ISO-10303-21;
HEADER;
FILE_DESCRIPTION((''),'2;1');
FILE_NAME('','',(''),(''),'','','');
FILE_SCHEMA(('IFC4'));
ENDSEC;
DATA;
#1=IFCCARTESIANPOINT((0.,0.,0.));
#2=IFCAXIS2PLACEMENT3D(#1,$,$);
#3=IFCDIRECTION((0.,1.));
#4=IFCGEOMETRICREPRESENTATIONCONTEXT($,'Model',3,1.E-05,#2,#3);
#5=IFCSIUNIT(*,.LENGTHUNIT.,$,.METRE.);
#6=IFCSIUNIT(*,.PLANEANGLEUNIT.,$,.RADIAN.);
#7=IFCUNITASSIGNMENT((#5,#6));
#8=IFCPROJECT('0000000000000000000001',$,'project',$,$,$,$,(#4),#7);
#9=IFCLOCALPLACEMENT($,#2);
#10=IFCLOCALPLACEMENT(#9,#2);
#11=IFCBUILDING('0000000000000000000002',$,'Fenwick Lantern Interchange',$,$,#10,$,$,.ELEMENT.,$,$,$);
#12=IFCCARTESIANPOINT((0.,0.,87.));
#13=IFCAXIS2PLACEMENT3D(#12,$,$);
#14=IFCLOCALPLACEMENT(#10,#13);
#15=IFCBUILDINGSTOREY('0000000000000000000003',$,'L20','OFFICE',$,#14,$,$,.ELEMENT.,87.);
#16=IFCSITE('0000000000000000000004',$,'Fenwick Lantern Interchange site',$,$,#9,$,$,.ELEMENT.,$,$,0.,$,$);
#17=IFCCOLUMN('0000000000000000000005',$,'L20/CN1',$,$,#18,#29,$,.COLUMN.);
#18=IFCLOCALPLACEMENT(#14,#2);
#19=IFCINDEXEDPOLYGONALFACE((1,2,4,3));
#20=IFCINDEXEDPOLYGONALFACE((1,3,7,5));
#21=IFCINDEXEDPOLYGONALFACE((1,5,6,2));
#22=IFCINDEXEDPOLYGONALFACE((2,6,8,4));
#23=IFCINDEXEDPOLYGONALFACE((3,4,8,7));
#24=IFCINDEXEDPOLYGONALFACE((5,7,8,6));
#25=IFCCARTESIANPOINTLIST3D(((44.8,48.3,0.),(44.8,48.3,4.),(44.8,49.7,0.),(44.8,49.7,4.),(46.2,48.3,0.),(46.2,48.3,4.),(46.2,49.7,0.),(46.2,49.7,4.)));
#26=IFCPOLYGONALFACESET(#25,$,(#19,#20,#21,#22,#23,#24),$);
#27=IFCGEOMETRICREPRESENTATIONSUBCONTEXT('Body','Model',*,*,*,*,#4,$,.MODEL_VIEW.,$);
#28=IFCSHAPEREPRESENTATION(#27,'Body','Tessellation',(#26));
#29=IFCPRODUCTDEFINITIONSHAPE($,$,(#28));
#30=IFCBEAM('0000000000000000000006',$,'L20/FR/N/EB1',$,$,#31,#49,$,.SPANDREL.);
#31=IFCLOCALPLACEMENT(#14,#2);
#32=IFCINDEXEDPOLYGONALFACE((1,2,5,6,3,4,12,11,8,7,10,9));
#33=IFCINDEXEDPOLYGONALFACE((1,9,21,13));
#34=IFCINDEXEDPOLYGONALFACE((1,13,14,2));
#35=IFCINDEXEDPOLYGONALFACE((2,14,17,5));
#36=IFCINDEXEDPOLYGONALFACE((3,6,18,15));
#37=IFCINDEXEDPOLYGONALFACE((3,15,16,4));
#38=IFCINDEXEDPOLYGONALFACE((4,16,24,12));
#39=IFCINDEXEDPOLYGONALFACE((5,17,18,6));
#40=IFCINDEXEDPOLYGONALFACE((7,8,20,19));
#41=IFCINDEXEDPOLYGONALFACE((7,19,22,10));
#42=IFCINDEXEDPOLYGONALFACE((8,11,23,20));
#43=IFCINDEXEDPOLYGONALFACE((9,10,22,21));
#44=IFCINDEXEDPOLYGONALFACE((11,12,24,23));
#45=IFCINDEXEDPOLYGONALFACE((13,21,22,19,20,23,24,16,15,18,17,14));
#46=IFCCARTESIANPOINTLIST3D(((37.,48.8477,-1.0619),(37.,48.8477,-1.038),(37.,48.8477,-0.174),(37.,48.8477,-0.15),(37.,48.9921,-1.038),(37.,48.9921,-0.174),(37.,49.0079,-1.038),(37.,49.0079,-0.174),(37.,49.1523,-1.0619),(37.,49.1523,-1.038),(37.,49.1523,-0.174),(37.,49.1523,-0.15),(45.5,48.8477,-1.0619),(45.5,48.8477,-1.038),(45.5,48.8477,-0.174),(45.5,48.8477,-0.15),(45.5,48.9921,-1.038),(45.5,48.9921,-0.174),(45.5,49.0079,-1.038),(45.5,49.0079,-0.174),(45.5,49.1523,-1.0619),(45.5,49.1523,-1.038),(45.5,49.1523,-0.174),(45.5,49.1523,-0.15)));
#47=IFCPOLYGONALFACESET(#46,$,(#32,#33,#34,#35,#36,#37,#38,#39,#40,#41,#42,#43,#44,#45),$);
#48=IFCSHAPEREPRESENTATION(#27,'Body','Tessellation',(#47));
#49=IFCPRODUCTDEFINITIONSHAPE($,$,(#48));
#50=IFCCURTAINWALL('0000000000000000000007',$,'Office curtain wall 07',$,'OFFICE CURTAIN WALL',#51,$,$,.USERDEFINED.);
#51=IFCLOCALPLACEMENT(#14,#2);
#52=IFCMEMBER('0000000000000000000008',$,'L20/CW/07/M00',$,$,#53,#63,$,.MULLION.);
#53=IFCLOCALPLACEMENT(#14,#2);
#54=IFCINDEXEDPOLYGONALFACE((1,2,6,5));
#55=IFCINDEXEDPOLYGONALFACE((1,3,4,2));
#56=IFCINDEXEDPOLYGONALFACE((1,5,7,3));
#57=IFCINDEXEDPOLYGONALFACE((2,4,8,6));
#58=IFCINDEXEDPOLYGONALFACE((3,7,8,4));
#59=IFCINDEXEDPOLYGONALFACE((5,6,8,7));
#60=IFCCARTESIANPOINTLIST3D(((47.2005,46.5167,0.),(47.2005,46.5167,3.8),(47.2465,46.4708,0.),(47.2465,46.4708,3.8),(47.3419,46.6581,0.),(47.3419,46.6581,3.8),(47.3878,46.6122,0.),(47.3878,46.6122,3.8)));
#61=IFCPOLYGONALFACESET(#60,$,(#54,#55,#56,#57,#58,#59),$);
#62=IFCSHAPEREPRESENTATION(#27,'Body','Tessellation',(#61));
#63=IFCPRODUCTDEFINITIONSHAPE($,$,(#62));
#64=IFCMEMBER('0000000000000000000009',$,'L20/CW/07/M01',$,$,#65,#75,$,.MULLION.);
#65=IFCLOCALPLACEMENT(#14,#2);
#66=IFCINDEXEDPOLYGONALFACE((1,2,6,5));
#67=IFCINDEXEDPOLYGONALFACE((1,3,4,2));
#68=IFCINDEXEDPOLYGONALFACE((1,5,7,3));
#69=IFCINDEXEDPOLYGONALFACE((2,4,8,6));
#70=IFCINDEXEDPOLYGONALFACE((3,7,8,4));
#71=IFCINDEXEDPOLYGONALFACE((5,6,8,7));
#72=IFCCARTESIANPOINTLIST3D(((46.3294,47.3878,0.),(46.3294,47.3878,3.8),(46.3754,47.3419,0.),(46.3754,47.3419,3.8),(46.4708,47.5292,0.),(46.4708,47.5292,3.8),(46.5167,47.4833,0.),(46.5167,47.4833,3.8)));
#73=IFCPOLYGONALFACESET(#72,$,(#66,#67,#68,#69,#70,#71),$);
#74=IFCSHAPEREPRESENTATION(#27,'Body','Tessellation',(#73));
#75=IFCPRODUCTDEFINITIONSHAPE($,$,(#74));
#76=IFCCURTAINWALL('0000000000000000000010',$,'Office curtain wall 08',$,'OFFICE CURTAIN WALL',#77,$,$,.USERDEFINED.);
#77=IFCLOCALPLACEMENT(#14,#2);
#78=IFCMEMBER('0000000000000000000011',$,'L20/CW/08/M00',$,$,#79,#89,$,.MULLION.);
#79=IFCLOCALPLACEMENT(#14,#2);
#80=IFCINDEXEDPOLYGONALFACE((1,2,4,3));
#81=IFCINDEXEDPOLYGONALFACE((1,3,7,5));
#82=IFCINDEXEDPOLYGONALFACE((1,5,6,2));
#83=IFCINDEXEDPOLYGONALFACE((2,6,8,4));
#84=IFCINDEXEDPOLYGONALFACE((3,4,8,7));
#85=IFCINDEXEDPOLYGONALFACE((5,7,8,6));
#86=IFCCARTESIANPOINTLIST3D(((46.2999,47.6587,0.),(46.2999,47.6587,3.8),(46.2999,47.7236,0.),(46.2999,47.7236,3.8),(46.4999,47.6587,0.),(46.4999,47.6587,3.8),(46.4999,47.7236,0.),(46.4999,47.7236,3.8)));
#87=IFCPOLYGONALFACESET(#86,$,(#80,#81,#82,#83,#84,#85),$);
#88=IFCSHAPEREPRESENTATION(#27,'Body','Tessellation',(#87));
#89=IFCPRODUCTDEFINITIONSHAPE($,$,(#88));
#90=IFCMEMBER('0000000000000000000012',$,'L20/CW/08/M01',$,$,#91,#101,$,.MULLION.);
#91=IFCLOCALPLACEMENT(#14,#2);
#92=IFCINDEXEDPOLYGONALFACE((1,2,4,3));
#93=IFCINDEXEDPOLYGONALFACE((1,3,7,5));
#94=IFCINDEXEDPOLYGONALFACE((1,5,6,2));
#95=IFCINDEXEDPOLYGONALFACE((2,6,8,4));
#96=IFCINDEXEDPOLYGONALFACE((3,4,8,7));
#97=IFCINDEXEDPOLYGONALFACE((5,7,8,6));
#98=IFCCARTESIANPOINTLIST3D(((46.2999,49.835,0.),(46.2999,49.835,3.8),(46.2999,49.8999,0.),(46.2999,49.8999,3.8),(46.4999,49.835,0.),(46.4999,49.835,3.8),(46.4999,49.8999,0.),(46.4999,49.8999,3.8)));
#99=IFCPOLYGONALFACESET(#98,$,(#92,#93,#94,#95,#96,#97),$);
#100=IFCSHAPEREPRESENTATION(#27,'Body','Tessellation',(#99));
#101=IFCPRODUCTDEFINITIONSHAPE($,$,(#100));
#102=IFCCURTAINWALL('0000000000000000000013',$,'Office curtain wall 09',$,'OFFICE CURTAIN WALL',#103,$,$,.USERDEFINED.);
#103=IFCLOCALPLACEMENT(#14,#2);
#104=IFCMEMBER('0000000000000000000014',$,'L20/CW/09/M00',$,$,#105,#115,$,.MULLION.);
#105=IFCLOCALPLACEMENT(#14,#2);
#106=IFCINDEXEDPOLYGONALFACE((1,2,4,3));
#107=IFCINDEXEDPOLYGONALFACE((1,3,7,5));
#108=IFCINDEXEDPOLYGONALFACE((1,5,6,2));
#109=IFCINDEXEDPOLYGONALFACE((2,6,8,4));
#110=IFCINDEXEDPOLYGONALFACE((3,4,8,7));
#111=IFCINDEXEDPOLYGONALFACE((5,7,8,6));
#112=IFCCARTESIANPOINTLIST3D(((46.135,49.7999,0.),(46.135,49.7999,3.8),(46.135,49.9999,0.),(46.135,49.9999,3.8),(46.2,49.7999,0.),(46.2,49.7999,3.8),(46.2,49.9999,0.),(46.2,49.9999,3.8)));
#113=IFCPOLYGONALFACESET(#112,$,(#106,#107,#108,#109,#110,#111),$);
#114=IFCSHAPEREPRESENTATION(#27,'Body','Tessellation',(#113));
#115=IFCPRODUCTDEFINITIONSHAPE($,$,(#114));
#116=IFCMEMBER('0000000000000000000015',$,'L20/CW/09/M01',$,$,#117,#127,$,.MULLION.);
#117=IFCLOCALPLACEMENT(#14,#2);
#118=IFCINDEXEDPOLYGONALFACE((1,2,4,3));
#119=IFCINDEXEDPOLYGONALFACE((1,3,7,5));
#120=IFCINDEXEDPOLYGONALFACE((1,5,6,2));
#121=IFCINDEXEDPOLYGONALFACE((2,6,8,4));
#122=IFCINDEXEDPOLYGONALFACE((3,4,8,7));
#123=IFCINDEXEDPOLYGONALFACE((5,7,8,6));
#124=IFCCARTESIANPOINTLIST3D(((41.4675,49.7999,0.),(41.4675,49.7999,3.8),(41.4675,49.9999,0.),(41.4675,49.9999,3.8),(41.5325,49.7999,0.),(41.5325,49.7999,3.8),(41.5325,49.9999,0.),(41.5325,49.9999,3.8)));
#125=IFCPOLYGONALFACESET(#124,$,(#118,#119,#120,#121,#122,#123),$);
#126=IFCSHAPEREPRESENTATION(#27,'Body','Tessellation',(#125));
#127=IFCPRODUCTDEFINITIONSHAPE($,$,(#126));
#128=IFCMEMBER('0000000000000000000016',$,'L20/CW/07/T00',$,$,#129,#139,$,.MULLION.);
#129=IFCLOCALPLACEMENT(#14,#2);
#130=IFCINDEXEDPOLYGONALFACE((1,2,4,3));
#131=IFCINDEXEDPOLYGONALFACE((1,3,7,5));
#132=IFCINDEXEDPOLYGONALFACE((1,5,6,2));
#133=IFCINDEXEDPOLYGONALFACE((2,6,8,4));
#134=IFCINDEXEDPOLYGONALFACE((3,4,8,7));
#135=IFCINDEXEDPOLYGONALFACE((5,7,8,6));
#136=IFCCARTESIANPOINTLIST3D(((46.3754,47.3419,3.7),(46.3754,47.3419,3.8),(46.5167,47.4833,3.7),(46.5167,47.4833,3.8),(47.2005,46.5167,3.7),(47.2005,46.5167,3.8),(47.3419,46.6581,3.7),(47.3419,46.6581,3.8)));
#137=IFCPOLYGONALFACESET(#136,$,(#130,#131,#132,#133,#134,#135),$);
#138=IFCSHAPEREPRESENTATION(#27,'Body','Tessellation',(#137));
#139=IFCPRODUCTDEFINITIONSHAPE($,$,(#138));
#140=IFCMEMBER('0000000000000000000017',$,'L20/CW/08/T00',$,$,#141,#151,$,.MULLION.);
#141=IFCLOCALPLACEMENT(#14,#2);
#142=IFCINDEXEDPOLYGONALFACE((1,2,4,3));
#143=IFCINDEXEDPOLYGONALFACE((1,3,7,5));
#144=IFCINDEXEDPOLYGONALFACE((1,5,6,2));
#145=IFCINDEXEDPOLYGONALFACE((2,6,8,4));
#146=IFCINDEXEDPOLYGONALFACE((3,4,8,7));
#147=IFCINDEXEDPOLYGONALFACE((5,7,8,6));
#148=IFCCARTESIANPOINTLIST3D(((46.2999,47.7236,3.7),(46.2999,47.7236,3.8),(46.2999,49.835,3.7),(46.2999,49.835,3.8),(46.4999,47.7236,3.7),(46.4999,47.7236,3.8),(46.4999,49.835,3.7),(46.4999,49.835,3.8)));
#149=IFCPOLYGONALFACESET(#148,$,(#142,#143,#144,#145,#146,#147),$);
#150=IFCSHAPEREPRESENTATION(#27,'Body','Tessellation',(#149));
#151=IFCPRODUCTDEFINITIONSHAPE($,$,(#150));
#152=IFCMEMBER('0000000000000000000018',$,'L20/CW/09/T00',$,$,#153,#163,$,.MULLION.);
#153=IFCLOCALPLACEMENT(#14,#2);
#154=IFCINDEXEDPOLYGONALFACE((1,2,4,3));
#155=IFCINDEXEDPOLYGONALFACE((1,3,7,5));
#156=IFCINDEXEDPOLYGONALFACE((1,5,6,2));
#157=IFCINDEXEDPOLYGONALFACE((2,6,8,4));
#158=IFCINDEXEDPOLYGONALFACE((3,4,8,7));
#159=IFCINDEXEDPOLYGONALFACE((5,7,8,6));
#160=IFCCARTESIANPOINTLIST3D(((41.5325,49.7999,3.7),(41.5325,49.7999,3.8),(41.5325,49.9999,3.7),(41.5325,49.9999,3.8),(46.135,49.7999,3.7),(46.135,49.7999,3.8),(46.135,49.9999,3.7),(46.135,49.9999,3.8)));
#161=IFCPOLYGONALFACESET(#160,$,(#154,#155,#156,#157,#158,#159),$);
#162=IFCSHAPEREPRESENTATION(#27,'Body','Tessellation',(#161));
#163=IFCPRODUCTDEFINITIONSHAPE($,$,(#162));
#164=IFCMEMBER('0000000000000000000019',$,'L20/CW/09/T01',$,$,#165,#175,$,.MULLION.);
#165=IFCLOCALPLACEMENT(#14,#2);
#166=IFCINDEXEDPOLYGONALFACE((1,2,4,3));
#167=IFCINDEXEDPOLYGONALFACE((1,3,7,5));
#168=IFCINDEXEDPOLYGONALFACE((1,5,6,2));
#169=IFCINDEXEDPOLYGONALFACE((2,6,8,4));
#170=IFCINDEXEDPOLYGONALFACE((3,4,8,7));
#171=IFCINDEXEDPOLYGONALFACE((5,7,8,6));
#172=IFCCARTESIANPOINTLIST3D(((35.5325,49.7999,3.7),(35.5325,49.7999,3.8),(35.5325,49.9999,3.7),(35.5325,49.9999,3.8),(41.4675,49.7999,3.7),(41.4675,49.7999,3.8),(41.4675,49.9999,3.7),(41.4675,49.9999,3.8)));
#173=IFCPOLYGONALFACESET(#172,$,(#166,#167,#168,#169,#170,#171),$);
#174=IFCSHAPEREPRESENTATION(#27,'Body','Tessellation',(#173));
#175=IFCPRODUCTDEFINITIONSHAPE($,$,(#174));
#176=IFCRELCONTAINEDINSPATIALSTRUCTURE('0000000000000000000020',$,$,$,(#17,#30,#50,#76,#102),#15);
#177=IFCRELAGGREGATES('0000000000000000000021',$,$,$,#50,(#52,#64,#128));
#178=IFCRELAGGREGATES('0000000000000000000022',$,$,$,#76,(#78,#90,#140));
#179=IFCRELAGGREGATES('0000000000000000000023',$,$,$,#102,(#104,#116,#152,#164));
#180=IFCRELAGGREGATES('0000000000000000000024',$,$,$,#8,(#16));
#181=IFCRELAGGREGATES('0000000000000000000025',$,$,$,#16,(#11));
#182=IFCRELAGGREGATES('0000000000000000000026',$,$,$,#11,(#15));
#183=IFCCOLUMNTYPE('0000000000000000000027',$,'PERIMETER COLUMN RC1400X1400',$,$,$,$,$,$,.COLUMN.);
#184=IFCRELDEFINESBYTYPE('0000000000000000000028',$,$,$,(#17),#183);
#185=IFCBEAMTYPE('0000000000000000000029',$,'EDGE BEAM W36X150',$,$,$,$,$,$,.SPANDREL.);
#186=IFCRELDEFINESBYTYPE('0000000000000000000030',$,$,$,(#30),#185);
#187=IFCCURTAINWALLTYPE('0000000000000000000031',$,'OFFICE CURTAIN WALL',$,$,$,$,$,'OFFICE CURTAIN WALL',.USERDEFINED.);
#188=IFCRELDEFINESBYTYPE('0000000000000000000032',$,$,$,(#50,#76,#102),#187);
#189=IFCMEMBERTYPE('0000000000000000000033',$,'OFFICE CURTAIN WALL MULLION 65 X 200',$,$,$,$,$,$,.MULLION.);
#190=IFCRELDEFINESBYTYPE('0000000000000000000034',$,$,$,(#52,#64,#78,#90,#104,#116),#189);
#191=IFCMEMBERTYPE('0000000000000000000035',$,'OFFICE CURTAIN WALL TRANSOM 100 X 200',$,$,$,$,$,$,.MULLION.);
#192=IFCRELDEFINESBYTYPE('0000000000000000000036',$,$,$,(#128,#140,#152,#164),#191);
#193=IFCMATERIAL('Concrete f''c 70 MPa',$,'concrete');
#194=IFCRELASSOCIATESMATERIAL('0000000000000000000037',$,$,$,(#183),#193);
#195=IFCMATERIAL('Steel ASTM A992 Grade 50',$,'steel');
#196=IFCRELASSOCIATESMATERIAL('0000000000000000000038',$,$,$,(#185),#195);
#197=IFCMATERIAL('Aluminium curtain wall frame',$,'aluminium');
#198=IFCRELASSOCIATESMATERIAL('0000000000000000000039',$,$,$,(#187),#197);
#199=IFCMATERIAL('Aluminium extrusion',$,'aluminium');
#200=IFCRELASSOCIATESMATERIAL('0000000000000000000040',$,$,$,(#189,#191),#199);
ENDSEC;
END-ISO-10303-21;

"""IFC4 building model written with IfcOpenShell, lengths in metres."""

from ifc_helpers import new_model, si_unit, direction, frame, origin, origin_2d, place, context, subcontext, project, spatial, rectangle, i_section, extrude, material, material_profile, profile_set, type_object, element, aggregate, save


model = new_model("IFC4")

# Units and contexts
model_context = context("Model", 3, precision=1e-05, world=origin(), true_north=direction((0.0, 1.0)))
body_context = subcontext(model_context, "Body", "Model", "MODEL_VIEW")
ifc_project = project(units=[si_unit("LENGTHUNIT", "METRE"), si_unit("PLANEANGLEUNIT", "RADIAN")], contexts=[model_context])

# Site, building, storey
site_placement = place(None, origin())
site = spatial("IfcSite", under=ifc_project, at=site_placement, Name="Fenwick Lantern Interchange site", CompositionType="ELEMENT", RefElevation=0.0)
building_placement = place(site_placement, origin())
building = spatial("IfcBuilding", under=site, at=building_placement, Name="Fenwick Lantern Interchange", CompositionType="ELEMENT")
storey_placement = place(building_placement, frame((0.0, 0.0, 87.0)))
storey = spatial("IfcBuildingStorey", under=building, at=storey_placement, Name="L20", Description="OFFICE", CompositionType="ELEMENT", Elevation=87.0)

# Column
ifc_material_1 = material(Name="Concrete f'c 70 MPa", Category="concrete")
ifc_material_profile_1 = material_profile(ifc_material_1, rectangle(XDim=1.3999, YDim=1.3999, at=origin_2d()), Name="RC1400X1400")
ifc_profile_set_1 = profile_set([ifc_material_profile_1], Name="Concrete f'c 70 MPa")
column_type = type_object("IfcColumnType", Name="PERIMETER COLUMN RC1400X1400", PredefinedType="COLUMN", material=ifc_profile_set_1)
column_placement = place(storey_placement, frame((45.5, 49.0, 0.0), z_axis=(0.0, 0.0, 1.0), x_axis=(1.0, 0.0, 0.0)))
element("IfcColumn", 1, at=column_placement, inside=storey, type_object=column_type, Name="L20/CN1", PredefinedType="COLUMN", context=body_context, shape_type="SweptSolid", body=[
    extrude(rectangle(XDim=1.3999, YDim=1.3999, at=origin_2d()), origin(), (0.0, 0.0, 1.0), 4.0),
])

# Beam
ifc_material_2 = material(Name="Steel ASTM A992 Grade 50", Category="steel")
ifc_material_profile_2 = material_profile(ifc_material_2, i_section(OverallWidth=0.3047, OverallDepth=0.9119, WebThickness=0.0159, FlangeThickness=0.0239, at=origin_2d()), Name="W36X150")
ifc_profile_set_2 = profile_set([ifc_material_profile_2], Name="Steel ASTM A992 Grade 50")
beam_type = type_object("IfcBeamType", Name="EDGE BEAM W36X150", PredefinedType="SPANDREL", material=ifc_profile_set_2)
beam_placement = place(storey_placement, frame((45.5, 49.0, -0.606), z_axis=(-1.0, 0.0, 0.0), x_axis=(0.0, -1.0, 0.0)))
element("IfcBeam", 2, at=beam_placement, inside=storey, type_object=beam_type, Name="L20/FR/N/EB1", PredefinedType="SPANDREL", context=body_context, shape_type="SweptSolid", body=[
    extrude(i_section(OverallWidth=0.3047, OverallDepth=0.9119, WebThickness=0.0159, FlangeThickness=0.0239, at=origin_2d()), origin(), (0.0, 0.0, 1.0), 8.5),
])

# Curtain walls, members
ifc_material_3 = material(Name="Aluminium curtain wall frame", Category="aluminium")
curtain_wall_type = type_object("IfcCurtainWallType", Name="OFFICE CURTAIN WALL", ElementType="OFFICE CURTAIN WALL", PredefinedType="USERDEFINED", material=ifc_material_3)
curtain_wall_1_placement = place(storey_placement, origin())
curtain_wall_1 = element("IfcCurtainWall", 3, at=curtain_wall_1_placement, inside=storey, type_object=curtain_wall_type, Name="Office curtain wall 07", ObjectType="OFFICE CURTAIN WALL", PredefinedType="USERDEFINED")
ifc_material_4 = material(Name="Aluminium extrusion", Category="aluminium")
ifc_material_profile_3 = material_profile(ifc_material_4, rectangle(XDim=0.2, YDim=0.0649, at=origin_2d()), Name="OFFICE CURTAIN WALL MULLION 65 X 200")
ifc_profile_set_3 = profile_set([ifc_material_profile_3], Name="Aluminium extrusion")
member_type_1 = type_object("IfcMemberType", Name="OFFICE CURTAIN WALL MULLION 65 X 200", PredefinedType="MULLION", material=ifc_profile_set_3)
member_1_placement = place(storey_placement, frame((47.2942, 46.5645, 0.0), z_axis=(0.0, 0.0, 1.0), x_axis=(-0.707107, -0.707107, 0.0)))
member_1 = element("IfcMember", 4, at=member_1_placement, type_object=member_type_1, Name="L20/CW/07/M00", PredefinedType="MULLION", context=body_context, shape_type="SweptSolid", body=[
    extrude(rectangle(XDim=0.2, YDim=0.0649, at=origin_2d()), origin(), (0.0, 0.0, 1.0), 3.8),
])
member_2_placement = place(storey_placement, frame((46.4231, 47.4355, 0.0), z_axis=(0.0, 0.0, 1.0), x_axis=(-0.707107, -0.707107, 0.0)))
member_2 = element("IfcMember", 5, at=member_2_placement, type_object=member_type_1, Name="L20/CW/07/M01", PredefinedType="MULLION", context=body_context, shape_type="SweptSolid", body=[
    extrude(rectangle(XDim=0.2, YDim=0.0649, at=origin_2d()), origin(), (0.0, 0.0, 1.0), 3.8),
])
curtain_wall_2_placement = place(storey_placement, origin())
curtain_wall_2 = element("IfcCurtainWall", 6, at=curtain_wall_2_placement, inside=storey, type_object=curtain_wall_type, Name="Office curtain wall 08", ObjectType="OFFICE CURTAIN WALL", PredefinedType="USERDEFINED")
member_3_placement = place(storey_placement, frame((46.3999, 47.6912, 0.0), z_axis=(0.0, 0.0, 1.0), x_axis=(-1.0, 0.0, 0.0)))
member_3 = element("IfcMember", 7, at=member_3_placement, type_object=member_type_1, Name="L20/CW/08/M00", PredefinedType="MULLION", context=body_context, shape_type="SweptSolid", body=[
    extrude(rectangle(XDim=0.2, YDim=0.0649, at=origin_2d()), origin(), (0.0, 0.0, 1.0), 3.8),
])
member_4_placement = place(storey_placement, frame((46.3999, 49.8674, 0.0), z_axis=(0.0, 0.0, 1.0), x_axis=(-1.0, 0.0, 0.0)))
member_4 = element("IfcMember", 8, at=member_4_placement, type_object=member_type_1, Name="L20/CW/08/M01", PredefinedType="MULLION", context=body_context, shape_type="SweptSolid", body=[
    extrude(rectangle(XDim=0.2, YDim=0.0649, at=origin_2d()), origin(), (0.0, 0.0, 1.0), 3.8),
])
curtain_wall_3_placement = place(storey_placement, origin())
curtain_wall_3 = element("IfcCurtainWall", 9, at=curtain_wall_3_placement, inside=storey, type_object=curtain_wall_type, Name="Office curtain wall 09", ObjectType="OFFICE CURTAIN WALL", PredefinedType="USERDEFINED")
member_5_placement = place(storey_placement, frame((46.1675, 49.8999, 0.0), z_axis=(0.0, 0.0, 1.0), x_axis=(0.0, -1.0, 0.0)))
member_5 = element("IfcMember", 10, at=member_5_placement, type_object=member_type_1, Name="L20/CW/09/M00", PredefinedType="MULLION", context=body_context, shape_type="SweptSolid", body=[
    extrude(rectangle(XDim=0.2, YDim=0.0649, at=origin_2d()), origin(), (0.0, 0.0, 1.0), 3.8),
])
member_6_placement = place(storey_placement, frame((41.5, 49.8999, 0.0), z_axis=(0.0, 0.0, 1.0), x_axis=(0.0, -1.0, 0.0)))
member_6 = element("IfcMember", 11, at=member_6_placement, type_object=member_type_1, Name="L20/CW/09/M01", PredefinedType="MULLION", context=body_context, shape_type="SweptSolid", body=[
    extrude(rectangle(XDim=0.2, YDim=0.0649, at=origin_2d()), origin(), (0.0, 0.0, 1.0), 3.8),
])

# Members
ifc_material_profile_4 = material_profile(ifc_material_4, rectangle(XDim=0.2, YDim=0.1001, at=origin_2d()), Name="OFFICE CURTAIN WALL TRANSOM 100 X 200")
ifc_profile_set_4 = profile_set([ifc_material_profile_4], Name="Aluminium extrusion")
member_type_2 = type_object("IfcMemberType", Name="OFFICE CURTAIN WALL TRANSOM 100 X 200", PredefinedType="MULLION", material=ifc_profile_set_4)
member_7_placement = place(storey_placement, frame((47.2712, 46.5874, 3.75), z_axis=(-0.707107, 0.707107, 0.0), x_axis=(-0.707107, -0.707107, 0.0)))
member_7 = element("IfcMember", 12, at=member_7_placement, type_object=member_type_2, Name="L20/CW/07/T00", PredefinedType="MULLION", context=body_context, shape_type="SweptSolid", body=[
    extrude(rectangle(XDim=0.2, YDim=0.1001, at=origin_2d()), origin(), (0.0, 0.0, 1.0), 1.167),
])
aggregate(curtain_wall_1, [member_1, member_2, member_7])
member_8_placement = place(storey_placement, frame((46.3999, 47.7236, 3.75), z_axis=(0.0, 1.0, 0.0), x_axis=(-1.0, 0.0, 0.0)))
member_8 = element("IfcMember", 13, at=member_8_placement, type_object=member_type_2, Name="L20/CW/08/T00", PredefinedType="MULLION", context=body_context, shape_type="SweptSolid", body=[
    extrude(rectangle(XDim=0.2, YDim=0.1001, at=origin_2d()), origin(), (0.0, 0.0, 1.0), 2.1113),
])
aggregate(curtain_wall_2, [member_3, member_4, member_8])
member_9_placement = place(storey_placement, frame((46.135, 49.8999, 3.75), z_axis=(-1.0, 0.0, 0.0), x_axis=(0.0, -1.0, 0.0)))
member_9 = element("IfcMember", 14, at=member_9_placement, type_object=member_type_2, Name="L20/CW/09/T00", PredefinedType="MULLION", context=body_context, shape_type="SweptSolid", body=[
    extrude(rectangle(XDim=0.2, YDim=0.1001, at=origin_2d()), origin(), (0.0, 0.0, 1.0), 4.6025),
])
member_10_placement = place(storey_placement, frame((41.4675, 49.8999, 3.75), z_axis=(-1.0, 0.0, 0.0), x_axis=(0.0, -1.0, 0.0)))
member_10 = element("IfcMember", 15, at=member_10_placement, type_object=member_type_2, Name="L20/CW/09/T01", PredefinedType="MULLION", context=body_context, shape_type="SweptSolid", body=[
    extrude(rectangle(XDim=0.2, YDim=0.1001, at=origin_2d()), origin(), (0.0, 0.0, 1.0), 5.9351),
])

aggregate(curtain_wall_3, [member_5, member_6, member_9, member_10])

save(model, "model.ifc")
